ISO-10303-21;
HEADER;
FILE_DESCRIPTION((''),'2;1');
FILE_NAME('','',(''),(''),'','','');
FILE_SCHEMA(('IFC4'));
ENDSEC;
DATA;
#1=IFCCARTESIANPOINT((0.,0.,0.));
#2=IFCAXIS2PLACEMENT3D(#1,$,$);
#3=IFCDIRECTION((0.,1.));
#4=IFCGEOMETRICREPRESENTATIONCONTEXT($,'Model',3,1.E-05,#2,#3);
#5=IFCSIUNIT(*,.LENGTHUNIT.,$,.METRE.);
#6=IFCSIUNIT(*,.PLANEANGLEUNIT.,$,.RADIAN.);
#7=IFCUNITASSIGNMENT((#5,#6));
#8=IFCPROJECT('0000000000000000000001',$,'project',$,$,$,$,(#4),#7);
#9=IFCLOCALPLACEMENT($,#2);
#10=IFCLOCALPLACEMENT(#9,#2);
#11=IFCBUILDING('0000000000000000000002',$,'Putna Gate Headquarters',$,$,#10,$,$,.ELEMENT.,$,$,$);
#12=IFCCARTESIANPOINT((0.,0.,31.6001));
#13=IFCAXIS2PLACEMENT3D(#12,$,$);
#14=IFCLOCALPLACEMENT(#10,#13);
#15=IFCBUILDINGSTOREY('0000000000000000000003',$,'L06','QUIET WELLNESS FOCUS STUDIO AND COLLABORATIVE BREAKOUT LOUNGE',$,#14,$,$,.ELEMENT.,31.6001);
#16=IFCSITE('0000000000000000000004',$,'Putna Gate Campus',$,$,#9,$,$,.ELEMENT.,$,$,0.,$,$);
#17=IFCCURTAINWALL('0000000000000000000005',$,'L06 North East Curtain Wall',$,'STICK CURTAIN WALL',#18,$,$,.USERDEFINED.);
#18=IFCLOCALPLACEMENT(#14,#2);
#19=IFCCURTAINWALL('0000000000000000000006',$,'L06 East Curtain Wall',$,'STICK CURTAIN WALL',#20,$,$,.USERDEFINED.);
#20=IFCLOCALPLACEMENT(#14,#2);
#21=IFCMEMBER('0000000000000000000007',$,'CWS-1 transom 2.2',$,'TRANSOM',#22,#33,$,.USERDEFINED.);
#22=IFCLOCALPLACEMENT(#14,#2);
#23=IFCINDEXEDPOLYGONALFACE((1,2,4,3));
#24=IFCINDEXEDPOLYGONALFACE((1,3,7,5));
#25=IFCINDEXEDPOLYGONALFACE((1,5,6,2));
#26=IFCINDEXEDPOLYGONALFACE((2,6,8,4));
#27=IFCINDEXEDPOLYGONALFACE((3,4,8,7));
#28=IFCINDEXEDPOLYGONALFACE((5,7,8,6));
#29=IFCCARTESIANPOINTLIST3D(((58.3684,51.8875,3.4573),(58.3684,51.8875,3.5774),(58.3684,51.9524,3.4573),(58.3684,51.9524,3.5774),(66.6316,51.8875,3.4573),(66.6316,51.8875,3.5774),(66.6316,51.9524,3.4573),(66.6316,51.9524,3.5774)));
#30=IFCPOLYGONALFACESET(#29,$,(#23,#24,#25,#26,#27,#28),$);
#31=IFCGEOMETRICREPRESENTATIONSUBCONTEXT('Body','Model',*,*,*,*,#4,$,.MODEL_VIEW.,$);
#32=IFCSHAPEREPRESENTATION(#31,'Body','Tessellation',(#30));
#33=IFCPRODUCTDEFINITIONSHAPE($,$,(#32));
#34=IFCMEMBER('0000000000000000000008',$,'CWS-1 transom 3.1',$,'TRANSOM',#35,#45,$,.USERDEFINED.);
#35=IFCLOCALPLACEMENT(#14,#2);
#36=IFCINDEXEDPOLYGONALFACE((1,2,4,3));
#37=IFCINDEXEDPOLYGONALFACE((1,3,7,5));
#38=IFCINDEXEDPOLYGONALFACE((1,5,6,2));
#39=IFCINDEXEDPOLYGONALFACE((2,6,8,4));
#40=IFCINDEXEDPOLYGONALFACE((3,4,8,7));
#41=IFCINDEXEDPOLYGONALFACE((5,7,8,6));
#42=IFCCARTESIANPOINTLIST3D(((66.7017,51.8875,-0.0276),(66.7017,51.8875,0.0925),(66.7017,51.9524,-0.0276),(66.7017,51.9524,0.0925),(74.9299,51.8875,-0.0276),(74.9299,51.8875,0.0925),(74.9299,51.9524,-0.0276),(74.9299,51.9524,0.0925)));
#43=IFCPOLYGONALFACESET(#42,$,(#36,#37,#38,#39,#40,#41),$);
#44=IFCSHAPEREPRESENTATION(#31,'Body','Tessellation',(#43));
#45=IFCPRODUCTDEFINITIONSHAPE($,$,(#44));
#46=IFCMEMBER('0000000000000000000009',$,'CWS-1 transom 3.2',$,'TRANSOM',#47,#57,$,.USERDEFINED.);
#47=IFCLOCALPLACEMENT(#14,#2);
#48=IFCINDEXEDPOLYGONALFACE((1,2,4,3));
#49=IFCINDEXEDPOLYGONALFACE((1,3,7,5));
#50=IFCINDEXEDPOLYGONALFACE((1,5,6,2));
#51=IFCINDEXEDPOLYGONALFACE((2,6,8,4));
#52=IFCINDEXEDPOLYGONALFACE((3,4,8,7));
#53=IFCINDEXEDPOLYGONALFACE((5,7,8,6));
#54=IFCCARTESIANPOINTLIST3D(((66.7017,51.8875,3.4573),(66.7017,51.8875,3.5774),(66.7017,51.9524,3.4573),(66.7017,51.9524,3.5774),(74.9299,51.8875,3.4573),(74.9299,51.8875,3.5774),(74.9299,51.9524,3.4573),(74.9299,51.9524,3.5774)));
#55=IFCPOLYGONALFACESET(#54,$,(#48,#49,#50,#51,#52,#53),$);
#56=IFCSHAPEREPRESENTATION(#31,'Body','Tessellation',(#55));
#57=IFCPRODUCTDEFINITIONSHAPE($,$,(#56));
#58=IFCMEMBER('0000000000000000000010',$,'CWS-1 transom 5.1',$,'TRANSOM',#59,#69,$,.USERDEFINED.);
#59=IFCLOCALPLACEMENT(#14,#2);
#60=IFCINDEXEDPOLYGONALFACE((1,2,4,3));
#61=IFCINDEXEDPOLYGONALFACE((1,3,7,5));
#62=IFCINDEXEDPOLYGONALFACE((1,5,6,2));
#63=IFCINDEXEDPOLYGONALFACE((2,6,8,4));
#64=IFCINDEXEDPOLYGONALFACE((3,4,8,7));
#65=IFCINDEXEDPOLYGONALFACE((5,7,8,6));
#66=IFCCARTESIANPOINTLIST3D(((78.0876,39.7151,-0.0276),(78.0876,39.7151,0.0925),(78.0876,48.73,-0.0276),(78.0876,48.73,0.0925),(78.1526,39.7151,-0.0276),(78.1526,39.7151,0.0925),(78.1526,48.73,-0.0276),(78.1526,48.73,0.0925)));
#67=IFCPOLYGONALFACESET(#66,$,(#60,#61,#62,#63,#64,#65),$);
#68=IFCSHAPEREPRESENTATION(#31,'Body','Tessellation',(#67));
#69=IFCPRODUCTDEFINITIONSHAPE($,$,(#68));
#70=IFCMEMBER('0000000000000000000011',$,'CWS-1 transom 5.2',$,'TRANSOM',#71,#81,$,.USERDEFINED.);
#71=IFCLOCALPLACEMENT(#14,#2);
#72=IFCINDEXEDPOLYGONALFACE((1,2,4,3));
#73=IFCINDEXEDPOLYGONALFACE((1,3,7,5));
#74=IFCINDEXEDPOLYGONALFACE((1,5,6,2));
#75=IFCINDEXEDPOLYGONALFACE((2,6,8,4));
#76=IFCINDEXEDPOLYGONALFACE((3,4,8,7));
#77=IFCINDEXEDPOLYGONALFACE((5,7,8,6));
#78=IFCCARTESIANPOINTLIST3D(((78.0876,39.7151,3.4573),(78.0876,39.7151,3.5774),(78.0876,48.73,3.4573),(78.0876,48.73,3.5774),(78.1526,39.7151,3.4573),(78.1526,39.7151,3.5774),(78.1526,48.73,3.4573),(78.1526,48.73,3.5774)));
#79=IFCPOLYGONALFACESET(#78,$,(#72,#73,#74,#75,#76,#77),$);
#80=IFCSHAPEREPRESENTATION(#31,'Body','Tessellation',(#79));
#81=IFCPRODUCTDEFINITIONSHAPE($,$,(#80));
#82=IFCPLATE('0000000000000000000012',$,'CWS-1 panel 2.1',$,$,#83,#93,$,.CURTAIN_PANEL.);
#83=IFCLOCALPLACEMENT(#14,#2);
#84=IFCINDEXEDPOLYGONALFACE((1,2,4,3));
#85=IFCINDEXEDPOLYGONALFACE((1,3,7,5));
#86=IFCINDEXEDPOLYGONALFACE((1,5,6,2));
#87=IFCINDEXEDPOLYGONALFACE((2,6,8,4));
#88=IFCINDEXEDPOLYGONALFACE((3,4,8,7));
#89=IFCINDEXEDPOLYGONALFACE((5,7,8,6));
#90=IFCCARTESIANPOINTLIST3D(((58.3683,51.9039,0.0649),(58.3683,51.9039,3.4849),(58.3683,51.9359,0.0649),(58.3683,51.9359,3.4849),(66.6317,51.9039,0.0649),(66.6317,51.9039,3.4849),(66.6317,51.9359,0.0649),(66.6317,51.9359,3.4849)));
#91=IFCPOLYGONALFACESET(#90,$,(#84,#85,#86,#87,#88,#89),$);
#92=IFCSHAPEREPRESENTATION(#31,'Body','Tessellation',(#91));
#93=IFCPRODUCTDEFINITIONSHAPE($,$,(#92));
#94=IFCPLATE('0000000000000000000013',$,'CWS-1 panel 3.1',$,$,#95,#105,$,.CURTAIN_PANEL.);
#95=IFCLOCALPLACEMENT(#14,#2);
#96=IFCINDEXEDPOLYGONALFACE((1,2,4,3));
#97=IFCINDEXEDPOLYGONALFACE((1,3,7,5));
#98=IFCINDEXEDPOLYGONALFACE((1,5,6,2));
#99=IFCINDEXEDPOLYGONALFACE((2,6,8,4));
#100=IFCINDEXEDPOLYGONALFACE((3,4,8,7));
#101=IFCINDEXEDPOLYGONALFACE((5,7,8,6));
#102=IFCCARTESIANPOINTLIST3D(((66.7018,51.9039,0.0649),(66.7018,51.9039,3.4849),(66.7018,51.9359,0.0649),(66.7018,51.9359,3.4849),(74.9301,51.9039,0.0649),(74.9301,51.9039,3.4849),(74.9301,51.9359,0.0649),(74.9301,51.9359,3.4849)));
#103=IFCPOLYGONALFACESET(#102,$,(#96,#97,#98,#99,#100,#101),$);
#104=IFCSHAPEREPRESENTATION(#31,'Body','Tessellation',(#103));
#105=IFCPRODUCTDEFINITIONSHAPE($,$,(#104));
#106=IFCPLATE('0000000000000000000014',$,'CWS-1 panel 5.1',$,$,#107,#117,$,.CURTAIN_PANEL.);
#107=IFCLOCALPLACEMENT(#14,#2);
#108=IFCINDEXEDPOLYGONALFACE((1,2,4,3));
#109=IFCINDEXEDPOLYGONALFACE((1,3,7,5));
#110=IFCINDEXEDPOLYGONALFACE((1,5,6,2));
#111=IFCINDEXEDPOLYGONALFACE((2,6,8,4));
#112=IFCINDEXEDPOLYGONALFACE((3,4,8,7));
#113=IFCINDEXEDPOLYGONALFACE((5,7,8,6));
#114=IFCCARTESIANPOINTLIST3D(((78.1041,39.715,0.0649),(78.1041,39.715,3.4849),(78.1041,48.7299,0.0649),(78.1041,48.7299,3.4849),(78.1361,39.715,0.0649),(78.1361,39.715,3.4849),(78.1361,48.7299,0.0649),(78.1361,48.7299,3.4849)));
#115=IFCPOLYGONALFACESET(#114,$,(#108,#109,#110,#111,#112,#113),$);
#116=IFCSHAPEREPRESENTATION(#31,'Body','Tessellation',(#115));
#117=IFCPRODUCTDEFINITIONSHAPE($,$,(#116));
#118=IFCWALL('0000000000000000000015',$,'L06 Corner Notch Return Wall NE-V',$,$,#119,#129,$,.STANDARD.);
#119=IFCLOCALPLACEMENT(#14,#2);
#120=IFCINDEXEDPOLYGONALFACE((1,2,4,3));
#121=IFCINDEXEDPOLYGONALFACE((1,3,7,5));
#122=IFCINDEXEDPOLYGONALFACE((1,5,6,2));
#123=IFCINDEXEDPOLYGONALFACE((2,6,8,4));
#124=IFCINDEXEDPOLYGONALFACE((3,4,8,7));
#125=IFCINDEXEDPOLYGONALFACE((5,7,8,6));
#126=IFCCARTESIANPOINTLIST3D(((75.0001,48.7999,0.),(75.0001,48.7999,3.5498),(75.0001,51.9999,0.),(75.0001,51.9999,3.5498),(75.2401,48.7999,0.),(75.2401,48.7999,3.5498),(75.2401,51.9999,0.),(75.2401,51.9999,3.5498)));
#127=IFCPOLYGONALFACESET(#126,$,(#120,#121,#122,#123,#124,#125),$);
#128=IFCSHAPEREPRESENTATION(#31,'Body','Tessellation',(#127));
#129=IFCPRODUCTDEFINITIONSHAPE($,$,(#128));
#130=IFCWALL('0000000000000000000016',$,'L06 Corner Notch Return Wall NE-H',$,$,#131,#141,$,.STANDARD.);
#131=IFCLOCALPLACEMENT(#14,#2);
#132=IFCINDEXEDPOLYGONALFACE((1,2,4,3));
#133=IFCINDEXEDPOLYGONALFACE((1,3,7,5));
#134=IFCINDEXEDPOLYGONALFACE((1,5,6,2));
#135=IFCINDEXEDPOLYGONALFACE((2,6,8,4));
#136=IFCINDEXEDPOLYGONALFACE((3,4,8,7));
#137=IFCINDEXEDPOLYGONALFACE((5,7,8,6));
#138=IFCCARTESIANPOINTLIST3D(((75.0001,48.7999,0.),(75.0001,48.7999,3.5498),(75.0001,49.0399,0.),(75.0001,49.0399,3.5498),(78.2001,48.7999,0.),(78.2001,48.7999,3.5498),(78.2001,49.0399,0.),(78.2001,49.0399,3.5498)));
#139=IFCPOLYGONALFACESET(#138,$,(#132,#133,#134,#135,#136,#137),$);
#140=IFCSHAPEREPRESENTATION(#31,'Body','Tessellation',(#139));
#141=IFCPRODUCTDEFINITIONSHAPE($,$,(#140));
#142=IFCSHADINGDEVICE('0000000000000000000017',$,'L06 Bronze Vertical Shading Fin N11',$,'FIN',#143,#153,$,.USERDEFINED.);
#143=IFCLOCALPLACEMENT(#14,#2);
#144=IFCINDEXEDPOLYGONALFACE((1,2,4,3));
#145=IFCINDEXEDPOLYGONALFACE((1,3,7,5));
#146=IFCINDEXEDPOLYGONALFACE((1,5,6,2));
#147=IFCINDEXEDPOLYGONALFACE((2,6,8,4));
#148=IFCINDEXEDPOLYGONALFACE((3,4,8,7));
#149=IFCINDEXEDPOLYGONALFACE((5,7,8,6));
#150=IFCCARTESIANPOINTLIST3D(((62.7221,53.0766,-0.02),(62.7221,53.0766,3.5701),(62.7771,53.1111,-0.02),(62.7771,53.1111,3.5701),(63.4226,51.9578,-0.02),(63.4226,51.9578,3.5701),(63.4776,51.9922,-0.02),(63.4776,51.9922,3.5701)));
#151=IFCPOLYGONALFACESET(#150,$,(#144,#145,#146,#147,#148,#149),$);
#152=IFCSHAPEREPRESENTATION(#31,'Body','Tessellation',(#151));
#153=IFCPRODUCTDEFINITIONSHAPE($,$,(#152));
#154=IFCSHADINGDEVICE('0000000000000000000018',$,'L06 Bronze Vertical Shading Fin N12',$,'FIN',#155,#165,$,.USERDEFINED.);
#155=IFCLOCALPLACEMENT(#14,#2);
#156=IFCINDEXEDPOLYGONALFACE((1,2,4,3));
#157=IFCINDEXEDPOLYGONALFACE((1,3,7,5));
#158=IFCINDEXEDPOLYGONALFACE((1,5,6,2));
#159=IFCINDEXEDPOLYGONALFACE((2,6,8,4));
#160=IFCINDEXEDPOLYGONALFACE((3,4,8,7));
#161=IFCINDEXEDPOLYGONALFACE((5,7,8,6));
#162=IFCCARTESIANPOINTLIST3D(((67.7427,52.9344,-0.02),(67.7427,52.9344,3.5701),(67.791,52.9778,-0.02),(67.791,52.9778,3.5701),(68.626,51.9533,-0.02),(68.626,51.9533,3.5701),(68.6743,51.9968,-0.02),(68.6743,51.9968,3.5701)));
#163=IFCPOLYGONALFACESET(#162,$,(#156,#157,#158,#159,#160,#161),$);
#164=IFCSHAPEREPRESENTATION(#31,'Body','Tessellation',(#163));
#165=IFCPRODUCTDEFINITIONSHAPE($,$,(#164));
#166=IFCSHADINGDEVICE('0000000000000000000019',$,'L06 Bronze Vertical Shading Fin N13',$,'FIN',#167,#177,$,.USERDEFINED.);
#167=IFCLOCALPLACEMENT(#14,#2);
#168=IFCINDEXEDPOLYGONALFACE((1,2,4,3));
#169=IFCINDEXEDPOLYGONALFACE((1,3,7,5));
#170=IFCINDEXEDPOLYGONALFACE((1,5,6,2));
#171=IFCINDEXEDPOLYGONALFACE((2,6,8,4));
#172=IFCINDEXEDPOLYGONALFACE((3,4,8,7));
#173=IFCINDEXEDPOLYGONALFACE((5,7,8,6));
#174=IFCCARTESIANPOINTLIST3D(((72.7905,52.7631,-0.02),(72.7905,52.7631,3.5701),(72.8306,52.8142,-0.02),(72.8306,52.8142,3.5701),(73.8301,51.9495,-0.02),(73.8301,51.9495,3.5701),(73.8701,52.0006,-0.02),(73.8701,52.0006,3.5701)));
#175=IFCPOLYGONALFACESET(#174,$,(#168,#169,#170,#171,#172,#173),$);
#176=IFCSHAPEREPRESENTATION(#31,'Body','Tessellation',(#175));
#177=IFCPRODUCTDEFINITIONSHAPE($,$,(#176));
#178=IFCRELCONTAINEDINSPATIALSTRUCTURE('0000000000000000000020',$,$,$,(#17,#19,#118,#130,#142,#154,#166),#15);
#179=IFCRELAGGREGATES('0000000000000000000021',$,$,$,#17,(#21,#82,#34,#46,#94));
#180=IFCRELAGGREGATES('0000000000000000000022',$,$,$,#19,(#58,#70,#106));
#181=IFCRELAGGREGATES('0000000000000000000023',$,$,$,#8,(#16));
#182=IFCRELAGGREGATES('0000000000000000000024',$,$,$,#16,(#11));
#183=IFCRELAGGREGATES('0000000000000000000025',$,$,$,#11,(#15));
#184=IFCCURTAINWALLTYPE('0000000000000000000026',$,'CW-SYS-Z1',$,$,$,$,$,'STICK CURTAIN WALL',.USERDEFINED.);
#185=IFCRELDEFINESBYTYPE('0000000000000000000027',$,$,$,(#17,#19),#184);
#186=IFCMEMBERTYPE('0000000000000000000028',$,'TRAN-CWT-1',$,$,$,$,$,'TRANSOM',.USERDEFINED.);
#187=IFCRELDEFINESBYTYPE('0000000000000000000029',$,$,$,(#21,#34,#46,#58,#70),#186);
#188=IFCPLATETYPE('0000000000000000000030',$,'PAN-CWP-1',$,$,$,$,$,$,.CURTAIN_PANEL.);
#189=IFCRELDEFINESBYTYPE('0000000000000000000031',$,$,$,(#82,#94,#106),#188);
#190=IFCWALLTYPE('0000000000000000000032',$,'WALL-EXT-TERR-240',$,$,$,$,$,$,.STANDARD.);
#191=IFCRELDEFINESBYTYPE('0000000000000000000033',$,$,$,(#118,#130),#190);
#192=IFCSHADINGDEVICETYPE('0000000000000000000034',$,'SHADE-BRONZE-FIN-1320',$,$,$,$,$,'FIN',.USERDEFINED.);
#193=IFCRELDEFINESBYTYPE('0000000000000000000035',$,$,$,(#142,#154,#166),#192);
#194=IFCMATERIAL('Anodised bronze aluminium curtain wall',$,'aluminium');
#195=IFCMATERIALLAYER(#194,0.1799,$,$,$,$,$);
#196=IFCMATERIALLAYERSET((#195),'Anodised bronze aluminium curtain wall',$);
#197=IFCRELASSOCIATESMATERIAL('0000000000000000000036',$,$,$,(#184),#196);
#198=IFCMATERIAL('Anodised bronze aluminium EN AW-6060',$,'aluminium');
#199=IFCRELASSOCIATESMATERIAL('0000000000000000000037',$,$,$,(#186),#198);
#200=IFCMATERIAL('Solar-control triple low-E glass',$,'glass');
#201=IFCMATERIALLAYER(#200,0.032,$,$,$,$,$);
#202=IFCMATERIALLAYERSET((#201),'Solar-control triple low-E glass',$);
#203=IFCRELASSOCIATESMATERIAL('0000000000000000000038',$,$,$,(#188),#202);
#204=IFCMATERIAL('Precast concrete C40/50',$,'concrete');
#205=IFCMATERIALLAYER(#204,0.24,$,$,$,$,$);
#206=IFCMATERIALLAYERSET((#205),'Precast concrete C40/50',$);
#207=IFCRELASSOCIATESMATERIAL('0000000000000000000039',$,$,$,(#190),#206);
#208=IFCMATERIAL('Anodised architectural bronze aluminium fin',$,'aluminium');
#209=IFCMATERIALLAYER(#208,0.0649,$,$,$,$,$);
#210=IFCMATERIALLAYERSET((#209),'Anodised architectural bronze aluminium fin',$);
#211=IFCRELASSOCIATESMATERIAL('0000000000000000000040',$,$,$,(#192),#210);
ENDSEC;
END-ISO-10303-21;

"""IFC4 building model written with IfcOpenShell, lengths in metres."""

from ifc_helpers import new_model, si_unit, direction, frame, frame_2d, origin, origin_2d, place, context, subcontext, project, spatial, rectangle, extrude, material, layer, layer_set, material_profile, profile_set, type_object, element, aggregate, save


model = new_model("IFC4")

# Units and contexts
model_context = context("Model", 3, precision=1e-05, world=origin(), true_north=direction((0.0, 1.0)))
body_context = subcontext(model_context, "Body", "Model", "MODEL_VIEW")
ifc_project = project(units=[si_unit("LENGTHUNIT", "METRE"), si_unit("PLANEANGLEUNIT", "RADIAN")], contexts=[model_context])

# Site, building, storey
site_placement = place(None, origin())
site = spatial("IfcSite", under=ifc_project, at=site_placement, Name="Putna Gate Campus", CompositionType="ELEMENT", RefElevation=0.0)
building_placement = place(site_placement, origin())
building = spatial("IfcBuilding", under=site, at=building_placement, Name="Putna Gate Headquarters", CompositionType="ELEMENT")
storey_placement = place(building_placement, frame((0.0, 0.0, 31.6001)))
storey = spatial("IfcBuildingStorey", under=building, at=storey_placement, Name="L06", Description="QUIET WELLNESS FOCUS STUDIO AND COLLABORATIVE BREAKOUT LOUNGE", CompositionType="ELEMENT", Elevation=31.6001)

# Curtain wall
ifc_material_1 = material(Name="Anodised bronze aluminium curtain wall", Category="aluminium")
ifc_layer_1 = layer(ifc_material_1, 0.1799)
ifc_layer_set_1 = layer_set([ifc_layer_1], Name="Anodised bronze aluminium curtain wall")
curtain_wall_type = type_object("IfcCurtainWallType", Name="CW-SYS-Z1", ElementType="STICK CURTAIN WALL", PredefinedType="USERDEFINED", material=ifc_layer_set_1)
curtain_wall_1_placement = place(storey_placement, origin())
curtain_wall_1 = element("IfcCurtainWall", 1, at=curtain_wall_1_placement, inside=storey, type_object=curtain_wall_type, Name="L06 North East Curtain Wall", ObjectType="STICK CURTAIN WALL", PredefinedType="USERDEFINED")
ifc_material_2 = material(Name="Anodised bronze aluminium EN AW-6060", Category="aluminium")

# Curtain wall
curtain_wall_2_placement = place(storey_placement, origin())
curtain_wall_2 = element("IfcCurtainWall", 2, at=curtain_wall_2_placement, inside=storey, type_object=curtain_wall_type, Name="L06 East Curtain Wall", ObjectType="STICK CURTAIN WALL", PredefinedType="USERDEFINED")

# Members
ifc_material_profile_1 = material_profile(ifc_material_2, rectangle(XDim=0.0649, YDim=0.1201, at=origin_2d()), Name="Anodised bronze aluminium EN AW-6060")
ifc_profile_set_1 = profile_set([ifc_material_profile_1], Name="Anodised bronze aluminium EN AW-6060")
member_type_1 = type_object("IfcMemberType", Name="TRAN-CWT-1", ElementType="TRANSOM", PredefinedType="USERDEFINED", material=ifc_profile_set_1)
member_1_placement = place(storey_placement, frame((58.3684, 51.9199, 3.5173), z_axis=(1.0, 0.0, 0.0), x_axis=(0.0, 1.0, 0.0)))
member_1 = element("IfcMember", 3, at=member_1_placement, type_object=member_type_1, Name="CWS-1 transom 2.2", ObjectType="TRANSOM", PredefinedType="USERDEFINED", context=body_context, shape_type="SweptSolid", body=[
    extrude(rectangle(XDim=0.0649, YDim=0.1201, at=origin_2d()), origin(), (0.0, 0.0, 1.0), 8.2632),
])
member_2_placement = place(storey_placement, frame((66.7017, 51.9199, 0.0325), z_axis=(1.0, 0.0, 0.0), x_axis=(0.0, 1.0, 0.0)))
member_2 = element("IfcMember", 4, at=member_2_placement, type_object=member_type_1, Name="CWS-1 transom 3.1", ObjectType="TRANSOM", PredefinedType="USERDEFINED", context=body_context, shape_type="SweptSolid", body=[
    extrude(rectangle(XDim=0.0649, YDim=0.1201, at=origin_2d()), origin(), (0.0, 0.0, 1.0), 8.2283),
])
member_3_placement = place(storey_placement, frame((66.7017, 51.9199, 3.5173), z_axis=(1.0, 0.0, 0.0), x_axis=(0.0, 1.0, 0.0)))
member_3 = element("IfcMember", 5, at=member_3_placement, type_object=member_type_1, Name="CWS-1 transom 3.2", ObjectType="TRANSOM", PredefinedType="USERDEFINED", context=body_context, shape_type="SweptSolid", body=[
    extrude(rectangle(XDim=0.0649, YDim=0.1201, at=origin_2d()), origin(), (0.0, 0.0, 1.0), 8.2283),
])
member_4_placement = place(storey_placement, frame((78.1201, 39.7151, 0.0325), z_axis=(0.0, 1.0, 0.0), x_axis=(-1.0, 0.0, 0.0)))
member_4 = element("IfcMember", 6, at=member_4_placement, type_object=member_type_1, Name="CWS-1 transom 5.1", ObjectType="TRANSOM", PredefinedType="USERDEFINED", context=body_context, shape_type="SweptSolid", body=[
    extrude(rectangle(XDim=0.0649, YDim=0.1201, at=origin_2d()), origin(), (0.0, 0.0, 1.0), 9.0149),
])
member_5_placement = place(storey_placement, frame((78.1201, 39.7151, 3.5173), z_axis=(0.0, 1.0, 0.0), x_axis=(-1.0, 0.0, 0.0)))
member_5 = element("IfcMember", 7, at=member_5_placement, type_object=member_type_1, Name="CWS-1 transom 5.2", ObjectType="TRANSOM", PredefinedType="USERDEFINED", context=body_context, shape_type="SweptSolid", body=[
    extrude(rectangle(XDim=0.0649, YDim=0.1201, at=origin_2d()), origin(), (0.0, 0.0, 1.0), 9.0149),
])

# Plates
ifc_material_3 = material(Name="Solar-control triple low-E glass", Category="glass")
ifc_layer_2 = layer(ifc_material_3, 0.032)
ifc_layer_set_2 = layer_set([ifc_layer_2], Name="Solar-control triple low-E glass")
plate_type = type_object("IfcPlateType", Name="PAN-CWP-1", PredefinedType="CURTAIN_PANEL", material=ifc_layer_set_2)
plate_1_placement = place(storey_placement, frame((62.5, 51.9199, 0.0649), z_axis=(0.0, 0.0, 1.0), x_axis=(1.0, 0.0, 0.0)))
plate_1 = element("IfcPlate", 8, at=plate_1_placement, type_object=plate_type, Name="CWS-1 panel 2.1", PredefinedType="CURTAIN_PANEL", context=body_context, shape_type="SweptSolid", body=[
    extrude(rectangle(XDim=8.2634, YDim=0.032, at=origin_2d()), origin(), (0.0, 0.0, 1.0), 3.4199),
])
plate_2_placement = place(storey_placement, frame((70.8159, 51.9199, 0.0649), z_axis=(0.0, 0.0, 1.0), x_axis=(1.0, 0.0, 0.0)))
plate_2 = element("IfcPlate", 9, at=plate_2_placement, type_object=plate_type, Name="CWS-1 panel 3.1", PredefinedType="CURTAIN_PANEL", context=body_context, shape_type="SweptSolid", body=[
    extrude(rectangle(XDim=8.2283, YDim=0.032, at=origin_2d()), origin(), (0.0, 0.0, 1.0), 3.4199),
])
aggregate(curtain_wall_1, [member_1, plate_1, member_2, member_3, plate_2])
plate_3_placement = place(storey_placement, frame((78.1201, 44.2224, 0.0649), z_axis=(0.0, 0.0, 1.0), x_axis=(0.0, 1.0, 0.0)))
plate_3 = element("IfcPlate", 10, at=plate_3_placement, type_object=plate_type, Name="CWS-1 panel 5.1", PredefinedType="CURTAIN_PANEL", context=body_context, shape_type="SweptSolid", body=[
    extrude(rectangle(XDim=9.0149, YDim=0.032, at=origin_2d()), origin(), (0.0, 0.0, 1.0), 3.4199),
])
aggregate(curtain_wall_2, [member_4, member_5, plate_3])

# Walls
ifc_material_4 = material(Name="Precast concrete C40/50", Category="concrete")
ifc_layer_3 = layer(ifc_material_4, 0.24)
ifc_layer_set_3 = layer_set([ifc_layer_3], Name="Precast concrete C40/50")
wall_type = type_object("IfcWallType", Name="WALL-EXT-TERR-240", PredefinedType="STANDARD", material=ifc_layer_set_3)
for number, where, z_axis, x_axis, name in (
    (11, (75.1201, 52.0, 0.0), (0.0, 0.0, 1.0), (0.0, -1.0, 0.0), "L06 Corner Notch Return Wall NE-V"),
    (12, (75.0, 48.9199, 0.0), (0.0, 0.0, 1.0), (1.0, 0.0, 0.0), "L06 Corner Notch Return Wall NE-H"),
):
    element("IfcWall", number, at=place(storey_placement, frame(where, z_axis=z_axis, x_axis=x_axis)), inside=storey, type_object=wall_type, Name=name, PredefinedType="STANDARD", context=body_context, shape_type="SweptSolid", body=[
        extrude(rectangle(XDim=3.2, YDim=0.24, at=frame_2d((1.6001, 0.0))), origin(), (0.0, 0.0, 1.0), 3.5498),
    ])

# Shading devices
ifc_material_5 = material(Name="Anodised architectural bronze aluminium fin", Category="aluminium")
ifc_layer_4 = layer(ifc_material_5, 0.0649)
ifc_layer_set_4 = layer_set([ifc_layer_4], Name="Anodised architectural bronze aluminium fin")
shading_device_type = type_object("IfcShadingDeviceType", Name="SHADE-BRONZE-FIN-1320", ElementType="FIN", PredefinedType="USERDEFINED", material=ifc_layer_set_4)
for number, where, z_axis, x_axis, name in (
    (13, (63.0999, 52.5344, -0.02), (0.0, 0.0, 1.0), (-0.530659, 0.847585, 0.0), "L06 Bronze Vertical Shading Fin N11"),
    (14, (68.2085, 52.4656, -0.02), (0.0, 0.0, 1.0), (-0.669131, 0.743145, 0.0), "L06 Bronze Vertical Shading Fin N12"),
    (15, (73.3303, 52.3818, -0.02), (0.0, 0.0, 1.0), (-0.787473, 0.616349, 0.0), "L06 Bronze Vertical Shading Fin N13"),
):
    element("IfcShadingDevice", number, at=place(storey_placement, frame(where, z_axis=z_axis, x_axis=x_axis)), inside=storey, type_object=shading_device_type, Name=name, ObjectType="FIN", PredefinedType="USERDEFINED", context=body_context, shape_type="SweptSolid", body=[
        extrude(rectangle(XDim=1.3201, YDim=0.0649, at=origin_2d()), origin(), (0.0, 0.0, 1.0), 3.5901),
    ])

save(model, "model.ifc")
